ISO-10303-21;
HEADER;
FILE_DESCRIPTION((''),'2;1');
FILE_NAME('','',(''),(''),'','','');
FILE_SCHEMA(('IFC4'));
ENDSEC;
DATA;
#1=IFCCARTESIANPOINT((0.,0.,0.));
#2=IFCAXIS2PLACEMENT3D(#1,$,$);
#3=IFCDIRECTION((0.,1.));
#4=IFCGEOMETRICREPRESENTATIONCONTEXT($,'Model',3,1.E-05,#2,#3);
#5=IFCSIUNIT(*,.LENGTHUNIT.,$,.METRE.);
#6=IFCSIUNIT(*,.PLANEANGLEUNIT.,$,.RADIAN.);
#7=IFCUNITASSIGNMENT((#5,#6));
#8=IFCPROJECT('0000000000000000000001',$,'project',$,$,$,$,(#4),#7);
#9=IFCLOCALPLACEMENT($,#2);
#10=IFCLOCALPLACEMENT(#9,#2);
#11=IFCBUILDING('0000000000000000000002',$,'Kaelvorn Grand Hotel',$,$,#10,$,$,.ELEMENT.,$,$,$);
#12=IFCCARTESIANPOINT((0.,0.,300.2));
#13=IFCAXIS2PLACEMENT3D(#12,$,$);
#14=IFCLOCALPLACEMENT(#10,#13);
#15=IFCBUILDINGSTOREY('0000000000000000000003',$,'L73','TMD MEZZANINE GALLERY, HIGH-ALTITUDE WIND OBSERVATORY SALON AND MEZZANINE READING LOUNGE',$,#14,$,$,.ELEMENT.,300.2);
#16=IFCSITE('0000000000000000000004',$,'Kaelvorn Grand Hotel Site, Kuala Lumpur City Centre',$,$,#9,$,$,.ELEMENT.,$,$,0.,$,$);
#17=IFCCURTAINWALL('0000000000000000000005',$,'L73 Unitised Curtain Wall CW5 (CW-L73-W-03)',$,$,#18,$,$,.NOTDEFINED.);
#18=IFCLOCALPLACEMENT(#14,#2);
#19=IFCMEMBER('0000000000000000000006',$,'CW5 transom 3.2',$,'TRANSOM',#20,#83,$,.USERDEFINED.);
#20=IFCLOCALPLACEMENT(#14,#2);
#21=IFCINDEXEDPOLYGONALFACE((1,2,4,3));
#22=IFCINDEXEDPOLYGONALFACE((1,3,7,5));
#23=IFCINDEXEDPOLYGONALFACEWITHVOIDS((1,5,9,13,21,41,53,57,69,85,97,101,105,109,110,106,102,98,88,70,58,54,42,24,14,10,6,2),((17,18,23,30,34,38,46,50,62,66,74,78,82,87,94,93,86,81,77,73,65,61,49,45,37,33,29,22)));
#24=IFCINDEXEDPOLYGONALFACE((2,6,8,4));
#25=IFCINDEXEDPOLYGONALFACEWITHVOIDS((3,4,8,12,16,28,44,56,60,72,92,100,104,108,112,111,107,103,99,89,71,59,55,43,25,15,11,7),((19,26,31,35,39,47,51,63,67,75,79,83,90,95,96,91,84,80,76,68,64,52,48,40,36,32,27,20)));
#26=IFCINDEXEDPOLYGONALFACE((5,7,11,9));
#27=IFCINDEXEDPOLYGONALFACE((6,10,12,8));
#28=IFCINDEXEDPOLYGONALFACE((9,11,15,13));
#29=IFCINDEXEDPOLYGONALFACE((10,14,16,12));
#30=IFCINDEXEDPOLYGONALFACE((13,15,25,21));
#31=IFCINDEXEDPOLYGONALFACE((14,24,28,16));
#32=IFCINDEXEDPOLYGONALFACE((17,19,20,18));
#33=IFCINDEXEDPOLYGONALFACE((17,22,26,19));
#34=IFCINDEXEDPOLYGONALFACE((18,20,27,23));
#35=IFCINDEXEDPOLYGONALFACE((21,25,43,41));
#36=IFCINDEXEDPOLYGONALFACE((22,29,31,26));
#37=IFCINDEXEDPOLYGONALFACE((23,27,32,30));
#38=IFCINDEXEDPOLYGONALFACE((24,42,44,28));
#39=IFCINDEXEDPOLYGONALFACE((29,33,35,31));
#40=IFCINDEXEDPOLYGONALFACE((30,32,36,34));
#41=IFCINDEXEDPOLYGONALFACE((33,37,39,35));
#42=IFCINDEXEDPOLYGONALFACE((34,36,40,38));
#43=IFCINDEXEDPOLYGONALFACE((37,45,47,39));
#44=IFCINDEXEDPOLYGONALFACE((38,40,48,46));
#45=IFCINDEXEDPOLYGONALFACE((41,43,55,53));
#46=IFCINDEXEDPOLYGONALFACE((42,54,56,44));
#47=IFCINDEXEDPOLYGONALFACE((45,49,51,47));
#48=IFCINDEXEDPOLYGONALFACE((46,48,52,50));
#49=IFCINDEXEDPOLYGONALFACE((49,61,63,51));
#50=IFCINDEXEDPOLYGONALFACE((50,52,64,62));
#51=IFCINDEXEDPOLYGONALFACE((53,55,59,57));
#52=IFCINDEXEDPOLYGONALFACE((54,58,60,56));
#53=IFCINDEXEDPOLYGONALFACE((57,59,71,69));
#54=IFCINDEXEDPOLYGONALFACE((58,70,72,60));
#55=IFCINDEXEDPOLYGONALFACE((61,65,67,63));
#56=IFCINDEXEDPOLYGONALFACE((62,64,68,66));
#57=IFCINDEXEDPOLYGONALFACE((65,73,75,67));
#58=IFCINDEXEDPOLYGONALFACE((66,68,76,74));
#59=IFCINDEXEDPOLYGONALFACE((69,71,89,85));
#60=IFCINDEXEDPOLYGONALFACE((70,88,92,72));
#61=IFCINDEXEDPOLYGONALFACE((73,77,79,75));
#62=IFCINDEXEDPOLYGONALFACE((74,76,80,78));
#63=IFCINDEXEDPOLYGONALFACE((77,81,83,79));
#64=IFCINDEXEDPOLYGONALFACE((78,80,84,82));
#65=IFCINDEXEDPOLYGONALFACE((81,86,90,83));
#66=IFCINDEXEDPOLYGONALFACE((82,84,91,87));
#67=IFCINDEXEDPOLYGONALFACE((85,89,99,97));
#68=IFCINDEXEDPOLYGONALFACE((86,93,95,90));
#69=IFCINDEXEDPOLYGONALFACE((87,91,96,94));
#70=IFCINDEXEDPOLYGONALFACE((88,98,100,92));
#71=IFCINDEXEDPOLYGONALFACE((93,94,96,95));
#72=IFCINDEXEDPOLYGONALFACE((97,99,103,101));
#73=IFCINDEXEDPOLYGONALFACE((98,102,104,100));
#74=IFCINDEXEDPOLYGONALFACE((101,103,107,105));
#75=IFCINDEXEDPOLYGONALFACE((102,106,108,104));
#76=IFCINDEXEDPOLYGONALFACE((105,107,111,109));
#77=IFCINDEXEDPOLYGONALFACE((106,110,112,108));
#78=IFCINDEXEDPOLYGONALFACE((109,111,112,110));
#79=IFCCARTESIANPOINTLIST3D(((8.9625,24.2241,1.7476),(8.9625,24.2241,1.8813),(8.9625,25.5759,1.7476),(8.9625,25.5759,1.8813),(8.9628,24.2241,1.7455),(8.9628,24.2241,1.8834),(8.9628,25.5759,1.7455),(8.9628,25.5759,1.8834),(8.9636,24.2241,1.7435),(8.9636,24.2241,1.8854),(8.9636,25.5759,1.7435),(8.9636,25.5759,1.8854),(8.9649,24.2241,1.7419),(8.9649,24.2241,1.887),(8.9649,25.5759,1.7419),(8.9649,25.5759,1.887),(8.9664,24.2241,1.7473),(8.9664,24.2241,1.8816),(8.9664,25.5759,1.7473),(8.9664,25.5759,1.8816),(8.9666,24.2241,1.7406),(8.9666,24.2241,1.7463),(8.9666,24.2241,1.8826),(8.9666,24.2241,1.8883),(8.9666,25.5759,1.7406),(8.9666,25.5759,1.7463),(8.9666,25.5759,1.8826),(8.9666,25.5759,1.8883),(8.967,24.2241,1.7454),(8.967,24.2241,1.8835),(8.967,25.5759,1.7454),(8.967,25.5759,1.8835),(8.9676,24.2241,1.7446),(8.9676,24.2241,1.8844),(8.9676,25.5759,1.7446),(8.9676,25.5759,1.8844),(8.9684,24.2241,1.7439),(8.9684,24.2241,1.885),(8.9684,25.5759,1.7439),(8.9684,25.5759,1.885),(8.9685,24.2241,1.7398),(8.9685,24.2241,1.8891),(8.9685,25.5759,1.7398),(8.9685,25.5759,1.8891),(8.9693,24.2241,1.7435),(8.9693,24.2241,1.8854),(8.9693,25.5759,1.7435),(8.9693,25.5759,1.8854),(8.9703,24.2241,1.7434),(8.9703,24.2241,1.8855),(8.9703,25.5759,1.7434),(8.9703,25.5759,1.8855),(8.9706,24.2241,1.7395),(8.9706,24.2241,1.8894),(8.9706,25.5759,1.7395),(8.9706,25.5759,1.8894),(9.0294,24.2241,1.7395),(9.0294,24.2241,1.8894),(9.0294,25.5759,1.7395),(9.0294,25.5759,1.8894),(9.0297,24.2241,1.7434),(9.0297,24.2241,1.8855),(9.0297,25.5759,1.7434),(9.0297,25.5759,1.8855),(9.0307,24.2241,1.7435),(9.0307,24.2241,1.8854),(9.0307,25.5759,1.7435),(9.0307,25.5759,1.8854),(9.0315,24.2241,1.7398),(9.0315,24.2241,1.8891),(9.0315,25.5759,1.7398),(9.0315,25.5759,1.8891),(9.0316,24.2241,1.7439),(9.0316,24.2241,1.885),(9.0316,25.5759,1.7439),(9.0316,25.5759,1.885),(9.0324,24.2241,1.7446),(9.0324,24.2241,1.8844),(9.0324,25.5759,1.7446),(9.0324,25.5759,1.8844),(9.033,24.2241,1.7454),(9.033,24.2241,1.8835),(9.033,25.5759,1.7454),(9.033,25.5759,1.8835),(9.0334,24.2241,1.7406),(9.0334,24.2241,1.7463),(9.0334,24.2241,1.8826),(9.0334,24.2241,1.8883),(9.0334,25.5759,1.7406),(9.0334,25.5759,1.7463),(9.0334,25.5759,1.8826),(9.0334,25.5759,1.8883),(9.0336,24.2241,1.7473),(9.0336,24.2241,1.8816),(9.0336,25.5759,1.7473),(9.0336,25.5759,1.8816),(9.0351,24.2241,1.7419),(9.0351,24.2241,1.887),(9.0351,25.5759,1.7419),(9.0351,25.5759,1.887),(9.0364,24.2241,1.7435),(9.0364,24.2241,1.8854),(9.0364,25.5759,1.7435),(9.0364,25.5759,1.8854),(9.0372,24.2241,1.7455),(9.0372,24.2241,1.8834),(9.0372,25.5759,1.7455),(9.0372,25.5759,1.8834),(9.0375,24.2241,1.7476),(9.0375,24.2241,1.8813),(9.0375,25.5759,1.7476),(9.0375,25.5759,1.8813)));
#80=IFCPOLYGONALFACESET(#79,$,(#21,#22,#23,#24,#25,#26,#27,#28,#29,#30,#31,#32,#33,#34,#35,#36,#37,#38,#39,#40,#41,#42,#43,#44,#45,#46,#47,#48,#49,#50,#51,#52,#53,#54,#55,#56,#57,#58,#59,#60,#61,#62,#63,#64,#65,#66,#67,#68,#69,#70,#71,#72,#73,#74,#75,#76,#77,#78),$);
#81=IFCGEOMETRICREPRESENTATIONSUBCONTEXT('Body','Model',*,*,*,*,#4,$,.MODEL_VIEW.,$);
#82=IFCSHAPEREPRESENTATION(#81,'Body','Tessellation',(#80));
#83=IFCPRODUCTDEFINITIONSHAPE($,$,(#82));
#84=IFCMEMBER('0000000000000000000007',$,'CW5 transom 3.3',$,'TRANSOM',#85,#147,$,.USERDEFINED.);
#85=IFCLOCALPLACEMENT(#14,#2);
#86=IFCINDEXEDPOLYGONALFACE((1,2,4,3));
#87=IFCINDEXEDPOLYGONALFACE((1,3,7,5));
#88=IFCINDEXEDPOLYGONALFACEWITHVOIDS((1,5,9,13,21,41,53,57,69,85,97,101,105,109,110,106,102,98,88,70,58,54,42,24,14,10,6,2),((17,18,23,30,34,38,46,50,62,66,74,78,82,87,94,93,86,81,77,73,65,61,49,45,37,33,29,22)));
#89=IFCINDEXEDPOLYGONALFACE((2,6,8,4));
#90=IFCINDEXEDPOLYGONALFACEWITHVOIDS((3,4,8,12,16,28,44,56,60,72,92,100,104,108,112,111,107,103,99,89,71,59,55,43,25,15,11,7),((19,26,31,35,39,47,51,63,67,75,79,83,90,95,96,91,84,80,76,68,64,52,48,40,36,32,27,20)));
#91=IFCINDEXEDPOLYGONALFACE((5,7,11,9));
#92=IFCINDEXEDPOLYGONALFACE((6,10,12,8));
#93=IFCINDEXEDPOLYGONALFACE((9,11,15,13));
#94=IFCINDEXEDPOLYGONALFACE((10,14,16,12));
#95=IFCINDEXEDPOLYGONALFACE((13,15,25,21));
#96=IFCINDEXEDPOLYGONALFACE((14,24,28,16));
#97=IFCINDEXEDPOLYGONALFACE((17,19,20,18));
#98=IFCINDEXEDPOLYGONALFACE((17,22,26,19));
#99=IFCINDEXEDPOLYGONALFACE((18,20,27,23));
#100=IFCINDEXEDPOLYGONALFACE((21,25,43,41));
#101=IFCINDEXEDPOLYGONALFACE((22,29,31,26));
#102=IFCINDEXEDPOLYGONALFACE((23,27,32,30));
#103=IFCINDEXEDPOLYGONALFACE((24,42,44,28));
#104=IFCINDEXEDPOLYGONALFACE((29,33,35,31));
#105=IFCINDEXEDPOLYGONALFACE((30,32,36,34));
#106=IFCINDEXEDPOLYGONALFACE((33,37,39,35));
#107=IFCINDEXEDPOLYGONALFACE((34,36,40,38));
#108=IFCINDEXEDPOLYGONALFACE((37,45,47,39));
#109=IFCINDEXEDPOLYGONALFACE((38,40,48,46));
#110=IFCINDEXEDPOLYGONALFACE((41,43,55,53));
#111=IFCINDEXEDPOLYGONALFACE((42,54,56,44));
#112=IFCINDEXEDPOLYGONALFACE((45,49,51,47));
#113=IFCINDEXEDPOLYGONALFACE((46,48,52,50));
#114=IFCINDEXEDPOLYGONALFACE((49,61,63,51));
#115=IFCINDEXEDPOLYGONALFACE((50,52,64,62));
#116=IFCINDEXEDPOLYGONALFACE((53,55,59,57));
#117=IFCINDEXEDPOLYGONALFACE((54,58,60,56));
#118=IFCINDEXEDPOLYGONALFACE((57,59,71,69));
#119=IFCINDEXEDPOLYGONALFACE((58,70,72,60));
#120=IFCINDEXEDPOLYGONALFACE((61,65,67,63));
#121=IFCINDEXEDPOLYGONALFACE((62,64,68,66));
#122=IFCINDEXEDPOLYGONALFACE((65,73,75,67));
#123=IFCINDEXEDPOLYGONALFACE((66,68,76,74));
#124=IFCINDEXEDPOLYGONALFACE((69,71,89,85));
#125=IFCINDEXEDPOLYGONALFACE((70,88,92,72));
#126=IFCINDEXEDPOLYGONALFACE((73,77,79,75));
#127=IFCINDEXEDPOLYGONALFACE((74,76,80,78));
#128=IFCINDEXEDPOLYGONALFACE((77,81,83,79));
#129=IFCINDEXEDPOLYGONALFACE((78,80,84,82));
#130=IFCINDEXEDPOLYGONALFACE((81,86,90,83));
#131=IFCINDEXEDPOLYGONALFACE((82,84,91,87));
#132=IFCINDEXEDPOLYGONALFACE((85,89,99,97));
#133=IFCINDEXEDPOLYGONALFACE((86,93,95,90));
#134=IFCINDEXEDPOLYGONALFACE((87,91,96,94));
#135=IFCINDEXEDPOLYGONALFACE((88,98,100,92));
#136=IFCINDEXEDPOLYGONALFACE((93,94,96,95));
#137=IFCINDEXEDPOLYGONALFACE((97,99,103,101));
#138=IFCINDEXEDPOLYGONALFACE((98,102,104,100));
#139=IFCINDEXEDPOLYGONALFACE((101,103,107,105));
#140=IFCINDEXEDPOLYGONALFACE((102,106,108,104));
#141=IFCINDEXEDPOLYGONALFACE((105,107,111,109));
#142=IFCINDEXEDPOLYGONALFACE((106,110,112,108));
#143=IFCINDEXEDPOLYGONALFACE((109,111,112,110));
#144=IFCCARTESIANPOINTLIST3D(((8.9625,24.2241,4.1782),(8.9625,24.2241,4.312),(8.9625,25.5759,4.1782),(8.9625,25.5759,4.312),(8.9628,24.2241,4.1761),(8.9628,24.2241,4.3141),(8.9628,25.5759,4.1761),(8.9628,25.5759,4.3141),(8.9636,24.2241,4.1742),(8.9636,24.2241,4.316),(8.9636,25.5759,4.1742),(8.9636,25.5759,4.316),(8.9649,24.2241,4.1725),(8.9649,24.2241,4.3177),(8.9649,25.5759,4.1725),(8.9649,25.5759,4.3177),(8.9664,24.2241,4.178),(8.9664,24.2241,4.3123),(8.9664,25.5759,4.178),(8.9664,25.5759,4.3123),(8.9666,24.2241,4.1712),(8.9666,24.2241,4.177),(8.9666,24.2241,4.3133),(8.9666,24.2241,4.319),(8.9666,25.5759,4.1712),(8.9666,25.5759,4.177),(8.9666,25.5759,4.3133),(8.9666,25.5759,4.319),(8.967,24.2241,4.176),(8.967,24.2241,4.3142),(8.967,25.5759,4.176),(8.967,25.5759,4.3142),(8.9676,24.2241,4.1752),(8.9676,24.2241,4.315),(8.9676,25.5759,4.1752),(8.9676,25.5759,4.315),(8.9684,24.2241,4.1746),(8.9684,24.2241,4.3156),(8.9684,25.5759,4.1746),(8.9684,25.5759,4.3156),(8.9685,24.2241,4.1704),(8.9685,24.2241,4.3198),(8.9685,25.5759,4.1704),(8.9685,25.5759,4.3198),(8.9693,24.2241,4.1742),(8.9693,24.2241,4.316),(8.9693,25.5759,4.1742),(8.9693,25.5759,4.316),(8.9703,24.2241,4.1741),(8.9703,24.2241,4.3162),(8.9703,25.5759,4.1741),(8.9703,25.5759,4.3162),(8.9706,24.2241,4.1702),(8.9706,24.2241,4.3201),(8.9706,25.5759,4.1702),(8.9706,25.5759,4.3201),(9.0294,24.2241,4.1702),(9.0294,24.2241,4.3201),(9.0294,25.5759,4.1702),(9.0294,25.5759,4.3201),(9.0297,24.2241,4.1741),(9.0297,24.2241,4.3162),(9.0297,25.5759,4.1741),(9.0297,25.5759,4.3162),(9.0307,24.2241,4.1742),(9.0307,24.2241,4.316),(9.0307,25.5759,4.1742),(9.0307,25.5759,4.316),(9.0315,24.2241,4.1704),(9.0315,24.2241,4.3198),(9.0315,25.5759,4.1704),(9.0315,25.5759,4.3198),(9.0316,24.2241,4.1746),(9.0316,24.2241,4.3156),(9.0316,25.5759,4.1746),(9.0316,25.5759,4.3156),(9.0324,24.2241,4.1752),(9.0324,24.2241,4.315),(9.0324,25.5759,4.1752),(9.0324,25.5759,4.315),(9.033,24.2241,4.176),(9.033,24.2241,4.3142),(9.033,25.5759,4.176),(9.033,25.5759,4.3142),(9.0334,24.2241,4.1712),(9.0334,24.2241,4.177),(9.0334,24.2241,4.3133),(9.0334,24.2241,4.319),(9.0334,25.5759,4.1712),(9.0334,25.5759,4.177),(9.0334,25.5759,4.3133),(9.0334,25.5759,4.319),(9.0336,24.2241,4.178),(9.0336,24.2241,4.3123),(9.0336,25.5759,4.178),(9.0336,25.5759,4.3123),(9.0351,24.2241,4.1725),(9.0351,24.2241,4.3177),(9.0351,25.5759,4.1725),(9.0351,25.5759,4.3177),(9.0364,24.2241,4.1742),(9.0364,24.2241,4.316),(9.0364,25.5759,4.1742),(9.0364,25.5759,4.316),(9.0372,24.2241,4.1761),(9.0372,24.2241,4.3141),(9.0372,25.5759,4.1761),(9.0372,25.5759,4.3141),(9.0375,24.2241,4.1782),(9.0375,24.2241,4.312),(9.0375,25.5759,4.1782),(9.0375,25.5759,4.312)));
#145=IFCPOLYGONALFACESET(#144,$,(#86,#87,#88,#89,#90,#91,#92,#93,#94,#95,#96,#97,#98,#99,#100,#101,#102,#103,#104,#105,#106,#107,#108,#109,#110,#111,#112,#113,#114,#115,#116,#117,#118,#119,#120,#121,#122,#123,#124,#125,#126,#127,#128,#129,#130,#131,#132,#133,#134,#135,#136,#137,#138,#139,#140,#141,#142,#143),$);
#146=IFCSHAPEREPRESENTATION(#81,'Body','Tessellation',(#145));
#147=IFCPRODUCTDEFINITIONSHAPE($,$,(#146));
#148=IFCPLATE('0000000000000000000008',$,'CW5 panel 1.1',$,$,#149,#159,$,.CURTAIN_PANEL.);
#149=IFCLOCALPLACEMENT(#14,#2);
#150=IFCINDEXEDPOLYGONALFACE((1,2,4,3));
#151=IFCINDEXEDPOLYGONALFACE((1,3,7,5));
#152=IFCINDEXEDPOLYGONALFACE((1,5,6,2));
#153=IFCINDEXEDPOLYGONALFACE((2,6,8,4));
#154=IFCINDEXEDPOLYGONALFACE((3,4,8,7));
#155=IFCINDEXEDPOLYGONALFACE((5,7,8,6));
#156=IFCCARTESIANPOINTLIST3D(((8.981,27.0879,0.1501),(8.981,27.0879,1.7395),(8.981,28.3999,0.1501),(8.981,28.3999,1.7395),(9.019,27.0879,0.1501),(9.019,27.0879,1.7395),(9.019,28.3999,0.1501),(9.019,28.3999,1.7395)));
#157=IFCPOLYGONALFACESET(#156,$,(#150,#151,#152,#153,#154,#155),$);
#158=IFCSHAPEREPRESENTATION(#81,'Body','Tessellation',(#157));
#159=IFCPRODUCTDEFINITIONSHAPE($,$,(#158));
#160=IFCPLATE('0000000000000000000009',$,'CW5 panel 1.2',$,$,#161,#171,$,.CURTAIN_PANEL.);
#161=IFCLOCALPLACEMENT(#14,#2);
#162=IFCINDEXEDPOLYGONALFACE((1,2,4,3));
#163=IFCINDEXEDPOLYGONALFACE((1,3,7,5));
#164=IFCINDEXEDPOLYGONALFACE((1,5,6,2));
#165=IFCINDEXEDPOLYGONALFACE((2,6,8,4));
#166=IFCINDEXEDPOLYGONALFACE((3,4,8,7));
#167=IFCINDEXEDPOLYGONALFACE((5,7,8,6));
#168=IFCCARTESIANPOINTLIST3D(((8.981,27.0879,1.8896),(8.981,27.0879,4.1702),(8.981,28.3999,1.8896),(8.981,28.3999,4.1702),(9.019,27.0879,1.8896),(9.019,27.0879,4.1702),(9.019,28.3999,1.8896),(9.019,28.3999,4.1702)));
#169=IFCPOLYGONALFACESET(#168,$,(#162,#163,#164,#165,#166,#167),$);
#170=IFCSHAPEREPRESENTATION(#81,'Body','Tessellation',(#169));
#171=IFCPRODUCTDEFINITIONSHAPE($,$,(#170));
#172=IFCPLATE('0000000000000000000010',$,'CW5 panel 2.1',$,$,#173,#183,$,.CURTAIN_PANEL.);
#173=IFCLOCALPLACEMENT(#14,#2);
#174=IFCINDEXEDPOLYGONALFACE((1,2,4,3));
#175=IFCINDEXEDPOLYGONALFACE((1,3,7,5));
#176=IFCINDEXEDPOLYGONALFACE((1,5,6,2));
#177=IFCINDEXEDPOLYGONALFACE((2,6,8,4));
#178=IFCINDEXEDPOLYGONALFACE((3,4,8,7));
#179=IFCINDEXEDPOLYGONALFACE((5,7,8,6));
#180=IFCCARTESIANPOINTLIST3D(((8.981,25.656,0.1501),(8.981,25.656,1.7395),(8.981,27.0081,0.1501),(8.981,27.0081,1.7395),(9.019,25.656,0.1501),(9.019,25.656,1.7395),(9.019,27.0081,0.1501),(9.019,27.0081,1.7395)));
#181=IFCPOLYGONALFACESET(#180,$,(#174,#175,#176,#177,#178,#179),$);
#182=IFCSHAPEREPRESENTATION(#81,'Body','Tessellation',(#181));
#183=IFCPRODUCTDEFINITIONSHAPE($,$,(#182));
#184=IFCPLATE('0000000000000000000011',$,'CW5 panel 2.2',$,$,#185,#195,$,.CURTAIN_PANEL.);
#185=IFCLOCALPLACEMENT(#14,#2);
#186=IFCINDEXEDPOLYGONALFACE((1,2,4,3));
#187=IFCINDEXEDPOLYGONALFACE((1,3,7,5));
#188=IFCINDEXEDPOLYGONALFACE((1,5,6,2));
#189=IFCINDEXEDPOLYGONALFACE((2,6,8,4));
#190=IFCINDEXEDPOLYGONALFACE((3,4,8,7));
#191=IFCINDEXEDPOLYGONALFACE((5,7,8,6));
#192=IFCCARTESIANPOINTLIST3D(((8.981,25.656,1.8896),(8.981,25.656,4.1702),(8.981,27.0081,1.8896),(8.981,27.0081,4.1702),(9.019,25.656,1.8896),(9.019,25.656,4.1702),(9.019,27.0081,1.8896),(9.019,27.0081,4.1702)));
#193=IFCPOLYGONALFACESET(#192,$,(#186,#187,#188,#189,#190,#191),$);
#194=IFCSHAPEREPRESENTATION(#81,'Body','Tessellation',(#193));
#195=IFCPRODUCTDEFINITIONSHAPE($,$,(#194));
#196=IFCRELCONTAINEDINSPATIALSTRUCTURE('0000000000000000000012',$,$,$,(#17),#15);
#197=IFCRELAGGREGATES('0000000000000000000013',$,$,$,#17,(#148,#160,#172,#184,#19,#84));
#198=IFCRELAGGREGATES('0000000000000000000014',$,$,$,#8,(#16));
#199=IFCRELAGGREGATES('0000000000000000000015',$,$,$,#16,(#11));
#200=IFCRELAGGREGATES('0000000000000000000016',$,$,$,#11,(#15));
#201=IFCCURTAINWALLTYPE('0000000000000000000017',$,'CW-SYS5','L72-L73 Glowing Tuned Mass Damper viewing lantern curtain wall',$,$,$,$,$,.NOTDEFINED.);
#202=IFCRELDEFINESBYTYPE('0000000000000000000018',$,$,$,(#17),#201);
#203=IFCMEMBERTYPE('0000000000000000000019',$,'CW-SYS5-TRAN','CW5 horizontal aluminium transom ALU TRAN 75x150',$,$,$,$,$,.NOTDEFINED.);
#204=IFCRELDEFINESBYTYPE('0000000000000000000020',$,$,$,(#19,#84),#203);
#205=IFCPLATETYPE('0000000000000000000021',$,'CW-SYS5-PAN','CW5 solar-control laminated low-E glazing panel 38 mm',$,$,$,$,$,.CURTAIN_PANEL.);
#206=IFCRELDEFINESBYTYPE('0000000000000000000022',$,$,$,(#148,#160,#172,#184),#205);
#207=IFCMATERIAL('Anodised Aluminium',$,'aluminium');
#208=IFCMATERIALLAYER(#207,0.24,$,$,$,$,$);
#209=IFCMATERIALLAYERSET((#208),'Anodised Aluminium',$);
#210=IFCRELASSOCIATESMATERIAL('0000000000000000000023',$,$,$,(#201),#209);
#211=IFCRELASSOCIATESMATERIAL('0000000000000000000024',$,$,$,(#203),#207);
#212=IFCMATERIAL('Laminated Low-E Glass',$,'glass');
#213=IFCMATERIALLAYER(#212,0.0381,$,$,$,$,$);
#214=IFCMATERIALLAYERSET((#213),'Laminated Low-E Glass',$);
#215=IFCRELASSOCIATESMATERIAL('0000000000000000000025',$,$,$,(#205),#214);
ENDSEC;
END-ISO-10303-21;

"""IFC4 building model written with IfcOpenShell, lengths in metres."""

from ifc_helpers import new_model, si_unit, direction, frame, origin, origin_2d, place, context, subcontext, project, spatial, rectangle, hollow_rectangle, extrude, material, layer, layer_set, material_profile, profile_set, type_object, element, aggregate, save


model = new_model("IFC4")

# Units and contexts
model_context = context("Model", 3, precision=1e-05, world=origin(), true_north=direction((0.0, 1.0)))
body_context = subcontext(model_context, "Body", "Model", "MODEL_VIEW")
ifc_project = project(units=[si_unit("LENGTHUNIT", "METRE"), si_unit("PLANEANGLEUNIT", "RADIAN")], contexts=[model_context])

# Site, building, storey
site_placement = place(None, origin())
site = spatial("IfcSite", under=ifc_project, at=site_placement, Name="Kaelvorn Grand Hotel Site, Kuala Lumpur City Centre", CompositionType="ELEMENT", RefElevation=0.0)
building_placement = place(site_placement, origin())
building = spatial("IfcBuilding", under=site, at=building_placement, Name="Kaelvorn Grand Hotel", CompositionType="ELEMENT")
storey_placement = place(building_placement, frame((0.0, 0.0, 300.2)))
storey = spatial("IfcBuildingStorey", under=building, at=storey_placement, Name="L73", Description="TMD MEZZANINE GALLERY, HIGH-ALTITUDE WIND OBSERVATORY SALON AND MEZZANINE READING LOUNGE", CompositionType="ELEMENT", Elevation=300.2)

# Curtain wall, members, plates
ifc_material_1 = material(Name="Anodised Aluminium", Category="aluminium")
ifc_layer_1 = layer(ifc_material_1, 0.24)
ifc_layer_set_1 = layer_set([ifc_layer_1], Name="Anodised Aluminium")
curtain_wall_type = type_object("IfcCurtainWallType", Name="CW-SYS5", Description="L72-L73 Glowing Tuned Mass Damper viewing lantern curtain wall", PredefinedType="NOTDEFINED", material=ifc_layer_set_1)
curtain_wall_placement = place(storey_placement, origin())
curtain_wall = element("IfcCurtainWall", 1, at=curtain_wall_placement, inside=storey, type_object=curtain_wall_type, Name="L73 Unitised Curtain Wall CW5 (CW-L73-W-03)", PredefinedType="NOTDEFINED")
ifc_material_profile_1 = material_profile(ifc_material_1, hollow_rectangle(XDim=0.075, YDim=0.1499, WallThickness=0.0039, InnerFilletRadius=0.0039, OuterFilletRadius=0.0081, at=origin_2d()), Name="ALU TRAN 75x150")
ifc_profile_set_1 = profile_set([ifc_material_profile_1], Name="Anodised Aluminium")
member_type_1 = type_object("IfcMemberType", Name="CW-SYS5-TRAN", Description="CW5 horizontal aluminium transom ALU TRAN 75x150", PredefinedType="NOTDEFINED", material=ifc_profile_set_1)
member_1_placement = place(storey_placement, frame((9.0, 25.5759, 1.8145), z_axis=(0.0, -1.0, 0.0), x_axis=(1.0, 0.0, 0.0)))
member_1 = element("IfcMember", 2, at=member_1_placement, type_object=member_type_1, Name="CW5 transom 3.2", ObjectType="TRANSOM", PredefinedType="USERDEFINED", context=body_context, shape_type="SweptSolid", body=[
    extrude(hollow_rectangle(XDim=0.075, YDim=0.1499, WallThickness=0.0039, InnerFilletRadius=0.0039, OuterFilletRadius=0.0081, at=origin_2d()), origin(), (0.0, 0.0, 1.0), 1.3518),
])
member_2_placement = place(storey_placement, frame((9.0, 25.5759, 4.2451), z_axis=(0.0, -1.0, 0.0), x_axis=(1.0, 0.0, 0.0)))
member_2 = element("IfcMember", 3, at=member_2_placement, type_object=member_type_1, Name="CW5 transom 3.3", ObjectType="TRANSOM", PredefinedType="USERDEFINED", context=body_context, shape_type="SweptSolid", body=[
    extrude(hollow_rectangle(XDim=0.075, YDim=0.1499, WallThickness=0.0039, InnerFilletRadius=0.0039, OuterFilletRadius=0.0081, at=origin_2d()), origin(), (0.0, 0.0, 1.0), 1.3518),
])
ifc_material_2 = material(Name="Laminated Low-E Glass", Category="glass")
ifc_layer_2 = layer(ifc_material_2, 0.0381)
ifc_layer_set_2 = layer_set([ifc_layer_2], Name="Laminated Low-E Glass")
plate_type = type_object("IfcPlateType", Name="CW-SYS5-PAN", Description="CW5 solar-control laminated low-E glazing panel 38 mm", PredefinedType="CURTAIN_PANEL", material=ifc_layer_set_2)
plate_1_placement = place(storey_placement, frame((9.0, 27.7439, 0.1501), z_axis=(0.0, 0.0, 1.0), x_axis=(0.0, -1.0, 0.0)))
plate_1 = element("IfcPlate", 4, at=plate_1_placement, type_object=plate_type, Name="CW5 panel 1.1", PredefinedType="CURTAIN_PANEL", context=body_context, shape_type="SweptSolid", body=[
    extrude(rectangle(XDim=1.312, YDim=0.0381, at=origin_2d()), origin(), (0.0, 0.0, 1.0), 1.5894),
])
plate_2_placement = place(storey_placement, frame((9.0, 27.7439, 1.8896), z_axis=(0.0, 0.0, 1.0), x_axis=(0.0, -1.0, 0.0)))
plate_2 = element("IfcPlate", 5, at=plate_2_placement, type_object=plate_type, Name="CW5 panel 1.2", PredefinedType="CURTAIN_PANEL", context=body_context, shape_type="SweptSolid", body=[
    extrude(rectangle(XDim=1.312, YDim=0.0381, at=origin_2d()), origin(), (0.0, 0.0, 1.0), 2.2805),
])
plate_3_placement = place(storey_placement, frame((9.0, 26.332, 0.1501), z_axis=(0.0, 0.0, 1.0), x_axis=(0.0, -1.0, 0.0)))
plate_3 = element("IfcPlate", 6, at=plate_3_placement, type_object=plate_type, Name="CW5 panel 2.1", PredefinedType="CURTAIN_PANEL", context=body_context, shape_type="SweptSolid", body=[
    extrude(rectangle(XDim=1.3521, YDim=0.0381, at=origin_2d()), origin(), (0.0, 0.0, 1.0), 1.5894),
])
plate_4_placement = place(storey_placement, frame((9.0, 26.332, 1.8896), z_axis=(0.0, 0.0, 1.0), x_axis=(0.0, -1.0, 0.0)))
plate_4 = element("IfcPlate", 7, at=plate_4_placement, type_object=plate_type, Name="CW5 panel 2.2", PredefinedType="CURTAIN_PANEL", context=body_context, shape_type="SweptSolid", body=[
    extrude(rectangle(XDim=1.3521, YDim=0.0381, at=origin_2d()), origin(), (0.0, 0.0, 1.0), 2.2805),
])
aggregate(curtain_wall, [plate_1, plate_2, plate_3, plate_4, member_1, member_2])

save(model, "model.ifc")
